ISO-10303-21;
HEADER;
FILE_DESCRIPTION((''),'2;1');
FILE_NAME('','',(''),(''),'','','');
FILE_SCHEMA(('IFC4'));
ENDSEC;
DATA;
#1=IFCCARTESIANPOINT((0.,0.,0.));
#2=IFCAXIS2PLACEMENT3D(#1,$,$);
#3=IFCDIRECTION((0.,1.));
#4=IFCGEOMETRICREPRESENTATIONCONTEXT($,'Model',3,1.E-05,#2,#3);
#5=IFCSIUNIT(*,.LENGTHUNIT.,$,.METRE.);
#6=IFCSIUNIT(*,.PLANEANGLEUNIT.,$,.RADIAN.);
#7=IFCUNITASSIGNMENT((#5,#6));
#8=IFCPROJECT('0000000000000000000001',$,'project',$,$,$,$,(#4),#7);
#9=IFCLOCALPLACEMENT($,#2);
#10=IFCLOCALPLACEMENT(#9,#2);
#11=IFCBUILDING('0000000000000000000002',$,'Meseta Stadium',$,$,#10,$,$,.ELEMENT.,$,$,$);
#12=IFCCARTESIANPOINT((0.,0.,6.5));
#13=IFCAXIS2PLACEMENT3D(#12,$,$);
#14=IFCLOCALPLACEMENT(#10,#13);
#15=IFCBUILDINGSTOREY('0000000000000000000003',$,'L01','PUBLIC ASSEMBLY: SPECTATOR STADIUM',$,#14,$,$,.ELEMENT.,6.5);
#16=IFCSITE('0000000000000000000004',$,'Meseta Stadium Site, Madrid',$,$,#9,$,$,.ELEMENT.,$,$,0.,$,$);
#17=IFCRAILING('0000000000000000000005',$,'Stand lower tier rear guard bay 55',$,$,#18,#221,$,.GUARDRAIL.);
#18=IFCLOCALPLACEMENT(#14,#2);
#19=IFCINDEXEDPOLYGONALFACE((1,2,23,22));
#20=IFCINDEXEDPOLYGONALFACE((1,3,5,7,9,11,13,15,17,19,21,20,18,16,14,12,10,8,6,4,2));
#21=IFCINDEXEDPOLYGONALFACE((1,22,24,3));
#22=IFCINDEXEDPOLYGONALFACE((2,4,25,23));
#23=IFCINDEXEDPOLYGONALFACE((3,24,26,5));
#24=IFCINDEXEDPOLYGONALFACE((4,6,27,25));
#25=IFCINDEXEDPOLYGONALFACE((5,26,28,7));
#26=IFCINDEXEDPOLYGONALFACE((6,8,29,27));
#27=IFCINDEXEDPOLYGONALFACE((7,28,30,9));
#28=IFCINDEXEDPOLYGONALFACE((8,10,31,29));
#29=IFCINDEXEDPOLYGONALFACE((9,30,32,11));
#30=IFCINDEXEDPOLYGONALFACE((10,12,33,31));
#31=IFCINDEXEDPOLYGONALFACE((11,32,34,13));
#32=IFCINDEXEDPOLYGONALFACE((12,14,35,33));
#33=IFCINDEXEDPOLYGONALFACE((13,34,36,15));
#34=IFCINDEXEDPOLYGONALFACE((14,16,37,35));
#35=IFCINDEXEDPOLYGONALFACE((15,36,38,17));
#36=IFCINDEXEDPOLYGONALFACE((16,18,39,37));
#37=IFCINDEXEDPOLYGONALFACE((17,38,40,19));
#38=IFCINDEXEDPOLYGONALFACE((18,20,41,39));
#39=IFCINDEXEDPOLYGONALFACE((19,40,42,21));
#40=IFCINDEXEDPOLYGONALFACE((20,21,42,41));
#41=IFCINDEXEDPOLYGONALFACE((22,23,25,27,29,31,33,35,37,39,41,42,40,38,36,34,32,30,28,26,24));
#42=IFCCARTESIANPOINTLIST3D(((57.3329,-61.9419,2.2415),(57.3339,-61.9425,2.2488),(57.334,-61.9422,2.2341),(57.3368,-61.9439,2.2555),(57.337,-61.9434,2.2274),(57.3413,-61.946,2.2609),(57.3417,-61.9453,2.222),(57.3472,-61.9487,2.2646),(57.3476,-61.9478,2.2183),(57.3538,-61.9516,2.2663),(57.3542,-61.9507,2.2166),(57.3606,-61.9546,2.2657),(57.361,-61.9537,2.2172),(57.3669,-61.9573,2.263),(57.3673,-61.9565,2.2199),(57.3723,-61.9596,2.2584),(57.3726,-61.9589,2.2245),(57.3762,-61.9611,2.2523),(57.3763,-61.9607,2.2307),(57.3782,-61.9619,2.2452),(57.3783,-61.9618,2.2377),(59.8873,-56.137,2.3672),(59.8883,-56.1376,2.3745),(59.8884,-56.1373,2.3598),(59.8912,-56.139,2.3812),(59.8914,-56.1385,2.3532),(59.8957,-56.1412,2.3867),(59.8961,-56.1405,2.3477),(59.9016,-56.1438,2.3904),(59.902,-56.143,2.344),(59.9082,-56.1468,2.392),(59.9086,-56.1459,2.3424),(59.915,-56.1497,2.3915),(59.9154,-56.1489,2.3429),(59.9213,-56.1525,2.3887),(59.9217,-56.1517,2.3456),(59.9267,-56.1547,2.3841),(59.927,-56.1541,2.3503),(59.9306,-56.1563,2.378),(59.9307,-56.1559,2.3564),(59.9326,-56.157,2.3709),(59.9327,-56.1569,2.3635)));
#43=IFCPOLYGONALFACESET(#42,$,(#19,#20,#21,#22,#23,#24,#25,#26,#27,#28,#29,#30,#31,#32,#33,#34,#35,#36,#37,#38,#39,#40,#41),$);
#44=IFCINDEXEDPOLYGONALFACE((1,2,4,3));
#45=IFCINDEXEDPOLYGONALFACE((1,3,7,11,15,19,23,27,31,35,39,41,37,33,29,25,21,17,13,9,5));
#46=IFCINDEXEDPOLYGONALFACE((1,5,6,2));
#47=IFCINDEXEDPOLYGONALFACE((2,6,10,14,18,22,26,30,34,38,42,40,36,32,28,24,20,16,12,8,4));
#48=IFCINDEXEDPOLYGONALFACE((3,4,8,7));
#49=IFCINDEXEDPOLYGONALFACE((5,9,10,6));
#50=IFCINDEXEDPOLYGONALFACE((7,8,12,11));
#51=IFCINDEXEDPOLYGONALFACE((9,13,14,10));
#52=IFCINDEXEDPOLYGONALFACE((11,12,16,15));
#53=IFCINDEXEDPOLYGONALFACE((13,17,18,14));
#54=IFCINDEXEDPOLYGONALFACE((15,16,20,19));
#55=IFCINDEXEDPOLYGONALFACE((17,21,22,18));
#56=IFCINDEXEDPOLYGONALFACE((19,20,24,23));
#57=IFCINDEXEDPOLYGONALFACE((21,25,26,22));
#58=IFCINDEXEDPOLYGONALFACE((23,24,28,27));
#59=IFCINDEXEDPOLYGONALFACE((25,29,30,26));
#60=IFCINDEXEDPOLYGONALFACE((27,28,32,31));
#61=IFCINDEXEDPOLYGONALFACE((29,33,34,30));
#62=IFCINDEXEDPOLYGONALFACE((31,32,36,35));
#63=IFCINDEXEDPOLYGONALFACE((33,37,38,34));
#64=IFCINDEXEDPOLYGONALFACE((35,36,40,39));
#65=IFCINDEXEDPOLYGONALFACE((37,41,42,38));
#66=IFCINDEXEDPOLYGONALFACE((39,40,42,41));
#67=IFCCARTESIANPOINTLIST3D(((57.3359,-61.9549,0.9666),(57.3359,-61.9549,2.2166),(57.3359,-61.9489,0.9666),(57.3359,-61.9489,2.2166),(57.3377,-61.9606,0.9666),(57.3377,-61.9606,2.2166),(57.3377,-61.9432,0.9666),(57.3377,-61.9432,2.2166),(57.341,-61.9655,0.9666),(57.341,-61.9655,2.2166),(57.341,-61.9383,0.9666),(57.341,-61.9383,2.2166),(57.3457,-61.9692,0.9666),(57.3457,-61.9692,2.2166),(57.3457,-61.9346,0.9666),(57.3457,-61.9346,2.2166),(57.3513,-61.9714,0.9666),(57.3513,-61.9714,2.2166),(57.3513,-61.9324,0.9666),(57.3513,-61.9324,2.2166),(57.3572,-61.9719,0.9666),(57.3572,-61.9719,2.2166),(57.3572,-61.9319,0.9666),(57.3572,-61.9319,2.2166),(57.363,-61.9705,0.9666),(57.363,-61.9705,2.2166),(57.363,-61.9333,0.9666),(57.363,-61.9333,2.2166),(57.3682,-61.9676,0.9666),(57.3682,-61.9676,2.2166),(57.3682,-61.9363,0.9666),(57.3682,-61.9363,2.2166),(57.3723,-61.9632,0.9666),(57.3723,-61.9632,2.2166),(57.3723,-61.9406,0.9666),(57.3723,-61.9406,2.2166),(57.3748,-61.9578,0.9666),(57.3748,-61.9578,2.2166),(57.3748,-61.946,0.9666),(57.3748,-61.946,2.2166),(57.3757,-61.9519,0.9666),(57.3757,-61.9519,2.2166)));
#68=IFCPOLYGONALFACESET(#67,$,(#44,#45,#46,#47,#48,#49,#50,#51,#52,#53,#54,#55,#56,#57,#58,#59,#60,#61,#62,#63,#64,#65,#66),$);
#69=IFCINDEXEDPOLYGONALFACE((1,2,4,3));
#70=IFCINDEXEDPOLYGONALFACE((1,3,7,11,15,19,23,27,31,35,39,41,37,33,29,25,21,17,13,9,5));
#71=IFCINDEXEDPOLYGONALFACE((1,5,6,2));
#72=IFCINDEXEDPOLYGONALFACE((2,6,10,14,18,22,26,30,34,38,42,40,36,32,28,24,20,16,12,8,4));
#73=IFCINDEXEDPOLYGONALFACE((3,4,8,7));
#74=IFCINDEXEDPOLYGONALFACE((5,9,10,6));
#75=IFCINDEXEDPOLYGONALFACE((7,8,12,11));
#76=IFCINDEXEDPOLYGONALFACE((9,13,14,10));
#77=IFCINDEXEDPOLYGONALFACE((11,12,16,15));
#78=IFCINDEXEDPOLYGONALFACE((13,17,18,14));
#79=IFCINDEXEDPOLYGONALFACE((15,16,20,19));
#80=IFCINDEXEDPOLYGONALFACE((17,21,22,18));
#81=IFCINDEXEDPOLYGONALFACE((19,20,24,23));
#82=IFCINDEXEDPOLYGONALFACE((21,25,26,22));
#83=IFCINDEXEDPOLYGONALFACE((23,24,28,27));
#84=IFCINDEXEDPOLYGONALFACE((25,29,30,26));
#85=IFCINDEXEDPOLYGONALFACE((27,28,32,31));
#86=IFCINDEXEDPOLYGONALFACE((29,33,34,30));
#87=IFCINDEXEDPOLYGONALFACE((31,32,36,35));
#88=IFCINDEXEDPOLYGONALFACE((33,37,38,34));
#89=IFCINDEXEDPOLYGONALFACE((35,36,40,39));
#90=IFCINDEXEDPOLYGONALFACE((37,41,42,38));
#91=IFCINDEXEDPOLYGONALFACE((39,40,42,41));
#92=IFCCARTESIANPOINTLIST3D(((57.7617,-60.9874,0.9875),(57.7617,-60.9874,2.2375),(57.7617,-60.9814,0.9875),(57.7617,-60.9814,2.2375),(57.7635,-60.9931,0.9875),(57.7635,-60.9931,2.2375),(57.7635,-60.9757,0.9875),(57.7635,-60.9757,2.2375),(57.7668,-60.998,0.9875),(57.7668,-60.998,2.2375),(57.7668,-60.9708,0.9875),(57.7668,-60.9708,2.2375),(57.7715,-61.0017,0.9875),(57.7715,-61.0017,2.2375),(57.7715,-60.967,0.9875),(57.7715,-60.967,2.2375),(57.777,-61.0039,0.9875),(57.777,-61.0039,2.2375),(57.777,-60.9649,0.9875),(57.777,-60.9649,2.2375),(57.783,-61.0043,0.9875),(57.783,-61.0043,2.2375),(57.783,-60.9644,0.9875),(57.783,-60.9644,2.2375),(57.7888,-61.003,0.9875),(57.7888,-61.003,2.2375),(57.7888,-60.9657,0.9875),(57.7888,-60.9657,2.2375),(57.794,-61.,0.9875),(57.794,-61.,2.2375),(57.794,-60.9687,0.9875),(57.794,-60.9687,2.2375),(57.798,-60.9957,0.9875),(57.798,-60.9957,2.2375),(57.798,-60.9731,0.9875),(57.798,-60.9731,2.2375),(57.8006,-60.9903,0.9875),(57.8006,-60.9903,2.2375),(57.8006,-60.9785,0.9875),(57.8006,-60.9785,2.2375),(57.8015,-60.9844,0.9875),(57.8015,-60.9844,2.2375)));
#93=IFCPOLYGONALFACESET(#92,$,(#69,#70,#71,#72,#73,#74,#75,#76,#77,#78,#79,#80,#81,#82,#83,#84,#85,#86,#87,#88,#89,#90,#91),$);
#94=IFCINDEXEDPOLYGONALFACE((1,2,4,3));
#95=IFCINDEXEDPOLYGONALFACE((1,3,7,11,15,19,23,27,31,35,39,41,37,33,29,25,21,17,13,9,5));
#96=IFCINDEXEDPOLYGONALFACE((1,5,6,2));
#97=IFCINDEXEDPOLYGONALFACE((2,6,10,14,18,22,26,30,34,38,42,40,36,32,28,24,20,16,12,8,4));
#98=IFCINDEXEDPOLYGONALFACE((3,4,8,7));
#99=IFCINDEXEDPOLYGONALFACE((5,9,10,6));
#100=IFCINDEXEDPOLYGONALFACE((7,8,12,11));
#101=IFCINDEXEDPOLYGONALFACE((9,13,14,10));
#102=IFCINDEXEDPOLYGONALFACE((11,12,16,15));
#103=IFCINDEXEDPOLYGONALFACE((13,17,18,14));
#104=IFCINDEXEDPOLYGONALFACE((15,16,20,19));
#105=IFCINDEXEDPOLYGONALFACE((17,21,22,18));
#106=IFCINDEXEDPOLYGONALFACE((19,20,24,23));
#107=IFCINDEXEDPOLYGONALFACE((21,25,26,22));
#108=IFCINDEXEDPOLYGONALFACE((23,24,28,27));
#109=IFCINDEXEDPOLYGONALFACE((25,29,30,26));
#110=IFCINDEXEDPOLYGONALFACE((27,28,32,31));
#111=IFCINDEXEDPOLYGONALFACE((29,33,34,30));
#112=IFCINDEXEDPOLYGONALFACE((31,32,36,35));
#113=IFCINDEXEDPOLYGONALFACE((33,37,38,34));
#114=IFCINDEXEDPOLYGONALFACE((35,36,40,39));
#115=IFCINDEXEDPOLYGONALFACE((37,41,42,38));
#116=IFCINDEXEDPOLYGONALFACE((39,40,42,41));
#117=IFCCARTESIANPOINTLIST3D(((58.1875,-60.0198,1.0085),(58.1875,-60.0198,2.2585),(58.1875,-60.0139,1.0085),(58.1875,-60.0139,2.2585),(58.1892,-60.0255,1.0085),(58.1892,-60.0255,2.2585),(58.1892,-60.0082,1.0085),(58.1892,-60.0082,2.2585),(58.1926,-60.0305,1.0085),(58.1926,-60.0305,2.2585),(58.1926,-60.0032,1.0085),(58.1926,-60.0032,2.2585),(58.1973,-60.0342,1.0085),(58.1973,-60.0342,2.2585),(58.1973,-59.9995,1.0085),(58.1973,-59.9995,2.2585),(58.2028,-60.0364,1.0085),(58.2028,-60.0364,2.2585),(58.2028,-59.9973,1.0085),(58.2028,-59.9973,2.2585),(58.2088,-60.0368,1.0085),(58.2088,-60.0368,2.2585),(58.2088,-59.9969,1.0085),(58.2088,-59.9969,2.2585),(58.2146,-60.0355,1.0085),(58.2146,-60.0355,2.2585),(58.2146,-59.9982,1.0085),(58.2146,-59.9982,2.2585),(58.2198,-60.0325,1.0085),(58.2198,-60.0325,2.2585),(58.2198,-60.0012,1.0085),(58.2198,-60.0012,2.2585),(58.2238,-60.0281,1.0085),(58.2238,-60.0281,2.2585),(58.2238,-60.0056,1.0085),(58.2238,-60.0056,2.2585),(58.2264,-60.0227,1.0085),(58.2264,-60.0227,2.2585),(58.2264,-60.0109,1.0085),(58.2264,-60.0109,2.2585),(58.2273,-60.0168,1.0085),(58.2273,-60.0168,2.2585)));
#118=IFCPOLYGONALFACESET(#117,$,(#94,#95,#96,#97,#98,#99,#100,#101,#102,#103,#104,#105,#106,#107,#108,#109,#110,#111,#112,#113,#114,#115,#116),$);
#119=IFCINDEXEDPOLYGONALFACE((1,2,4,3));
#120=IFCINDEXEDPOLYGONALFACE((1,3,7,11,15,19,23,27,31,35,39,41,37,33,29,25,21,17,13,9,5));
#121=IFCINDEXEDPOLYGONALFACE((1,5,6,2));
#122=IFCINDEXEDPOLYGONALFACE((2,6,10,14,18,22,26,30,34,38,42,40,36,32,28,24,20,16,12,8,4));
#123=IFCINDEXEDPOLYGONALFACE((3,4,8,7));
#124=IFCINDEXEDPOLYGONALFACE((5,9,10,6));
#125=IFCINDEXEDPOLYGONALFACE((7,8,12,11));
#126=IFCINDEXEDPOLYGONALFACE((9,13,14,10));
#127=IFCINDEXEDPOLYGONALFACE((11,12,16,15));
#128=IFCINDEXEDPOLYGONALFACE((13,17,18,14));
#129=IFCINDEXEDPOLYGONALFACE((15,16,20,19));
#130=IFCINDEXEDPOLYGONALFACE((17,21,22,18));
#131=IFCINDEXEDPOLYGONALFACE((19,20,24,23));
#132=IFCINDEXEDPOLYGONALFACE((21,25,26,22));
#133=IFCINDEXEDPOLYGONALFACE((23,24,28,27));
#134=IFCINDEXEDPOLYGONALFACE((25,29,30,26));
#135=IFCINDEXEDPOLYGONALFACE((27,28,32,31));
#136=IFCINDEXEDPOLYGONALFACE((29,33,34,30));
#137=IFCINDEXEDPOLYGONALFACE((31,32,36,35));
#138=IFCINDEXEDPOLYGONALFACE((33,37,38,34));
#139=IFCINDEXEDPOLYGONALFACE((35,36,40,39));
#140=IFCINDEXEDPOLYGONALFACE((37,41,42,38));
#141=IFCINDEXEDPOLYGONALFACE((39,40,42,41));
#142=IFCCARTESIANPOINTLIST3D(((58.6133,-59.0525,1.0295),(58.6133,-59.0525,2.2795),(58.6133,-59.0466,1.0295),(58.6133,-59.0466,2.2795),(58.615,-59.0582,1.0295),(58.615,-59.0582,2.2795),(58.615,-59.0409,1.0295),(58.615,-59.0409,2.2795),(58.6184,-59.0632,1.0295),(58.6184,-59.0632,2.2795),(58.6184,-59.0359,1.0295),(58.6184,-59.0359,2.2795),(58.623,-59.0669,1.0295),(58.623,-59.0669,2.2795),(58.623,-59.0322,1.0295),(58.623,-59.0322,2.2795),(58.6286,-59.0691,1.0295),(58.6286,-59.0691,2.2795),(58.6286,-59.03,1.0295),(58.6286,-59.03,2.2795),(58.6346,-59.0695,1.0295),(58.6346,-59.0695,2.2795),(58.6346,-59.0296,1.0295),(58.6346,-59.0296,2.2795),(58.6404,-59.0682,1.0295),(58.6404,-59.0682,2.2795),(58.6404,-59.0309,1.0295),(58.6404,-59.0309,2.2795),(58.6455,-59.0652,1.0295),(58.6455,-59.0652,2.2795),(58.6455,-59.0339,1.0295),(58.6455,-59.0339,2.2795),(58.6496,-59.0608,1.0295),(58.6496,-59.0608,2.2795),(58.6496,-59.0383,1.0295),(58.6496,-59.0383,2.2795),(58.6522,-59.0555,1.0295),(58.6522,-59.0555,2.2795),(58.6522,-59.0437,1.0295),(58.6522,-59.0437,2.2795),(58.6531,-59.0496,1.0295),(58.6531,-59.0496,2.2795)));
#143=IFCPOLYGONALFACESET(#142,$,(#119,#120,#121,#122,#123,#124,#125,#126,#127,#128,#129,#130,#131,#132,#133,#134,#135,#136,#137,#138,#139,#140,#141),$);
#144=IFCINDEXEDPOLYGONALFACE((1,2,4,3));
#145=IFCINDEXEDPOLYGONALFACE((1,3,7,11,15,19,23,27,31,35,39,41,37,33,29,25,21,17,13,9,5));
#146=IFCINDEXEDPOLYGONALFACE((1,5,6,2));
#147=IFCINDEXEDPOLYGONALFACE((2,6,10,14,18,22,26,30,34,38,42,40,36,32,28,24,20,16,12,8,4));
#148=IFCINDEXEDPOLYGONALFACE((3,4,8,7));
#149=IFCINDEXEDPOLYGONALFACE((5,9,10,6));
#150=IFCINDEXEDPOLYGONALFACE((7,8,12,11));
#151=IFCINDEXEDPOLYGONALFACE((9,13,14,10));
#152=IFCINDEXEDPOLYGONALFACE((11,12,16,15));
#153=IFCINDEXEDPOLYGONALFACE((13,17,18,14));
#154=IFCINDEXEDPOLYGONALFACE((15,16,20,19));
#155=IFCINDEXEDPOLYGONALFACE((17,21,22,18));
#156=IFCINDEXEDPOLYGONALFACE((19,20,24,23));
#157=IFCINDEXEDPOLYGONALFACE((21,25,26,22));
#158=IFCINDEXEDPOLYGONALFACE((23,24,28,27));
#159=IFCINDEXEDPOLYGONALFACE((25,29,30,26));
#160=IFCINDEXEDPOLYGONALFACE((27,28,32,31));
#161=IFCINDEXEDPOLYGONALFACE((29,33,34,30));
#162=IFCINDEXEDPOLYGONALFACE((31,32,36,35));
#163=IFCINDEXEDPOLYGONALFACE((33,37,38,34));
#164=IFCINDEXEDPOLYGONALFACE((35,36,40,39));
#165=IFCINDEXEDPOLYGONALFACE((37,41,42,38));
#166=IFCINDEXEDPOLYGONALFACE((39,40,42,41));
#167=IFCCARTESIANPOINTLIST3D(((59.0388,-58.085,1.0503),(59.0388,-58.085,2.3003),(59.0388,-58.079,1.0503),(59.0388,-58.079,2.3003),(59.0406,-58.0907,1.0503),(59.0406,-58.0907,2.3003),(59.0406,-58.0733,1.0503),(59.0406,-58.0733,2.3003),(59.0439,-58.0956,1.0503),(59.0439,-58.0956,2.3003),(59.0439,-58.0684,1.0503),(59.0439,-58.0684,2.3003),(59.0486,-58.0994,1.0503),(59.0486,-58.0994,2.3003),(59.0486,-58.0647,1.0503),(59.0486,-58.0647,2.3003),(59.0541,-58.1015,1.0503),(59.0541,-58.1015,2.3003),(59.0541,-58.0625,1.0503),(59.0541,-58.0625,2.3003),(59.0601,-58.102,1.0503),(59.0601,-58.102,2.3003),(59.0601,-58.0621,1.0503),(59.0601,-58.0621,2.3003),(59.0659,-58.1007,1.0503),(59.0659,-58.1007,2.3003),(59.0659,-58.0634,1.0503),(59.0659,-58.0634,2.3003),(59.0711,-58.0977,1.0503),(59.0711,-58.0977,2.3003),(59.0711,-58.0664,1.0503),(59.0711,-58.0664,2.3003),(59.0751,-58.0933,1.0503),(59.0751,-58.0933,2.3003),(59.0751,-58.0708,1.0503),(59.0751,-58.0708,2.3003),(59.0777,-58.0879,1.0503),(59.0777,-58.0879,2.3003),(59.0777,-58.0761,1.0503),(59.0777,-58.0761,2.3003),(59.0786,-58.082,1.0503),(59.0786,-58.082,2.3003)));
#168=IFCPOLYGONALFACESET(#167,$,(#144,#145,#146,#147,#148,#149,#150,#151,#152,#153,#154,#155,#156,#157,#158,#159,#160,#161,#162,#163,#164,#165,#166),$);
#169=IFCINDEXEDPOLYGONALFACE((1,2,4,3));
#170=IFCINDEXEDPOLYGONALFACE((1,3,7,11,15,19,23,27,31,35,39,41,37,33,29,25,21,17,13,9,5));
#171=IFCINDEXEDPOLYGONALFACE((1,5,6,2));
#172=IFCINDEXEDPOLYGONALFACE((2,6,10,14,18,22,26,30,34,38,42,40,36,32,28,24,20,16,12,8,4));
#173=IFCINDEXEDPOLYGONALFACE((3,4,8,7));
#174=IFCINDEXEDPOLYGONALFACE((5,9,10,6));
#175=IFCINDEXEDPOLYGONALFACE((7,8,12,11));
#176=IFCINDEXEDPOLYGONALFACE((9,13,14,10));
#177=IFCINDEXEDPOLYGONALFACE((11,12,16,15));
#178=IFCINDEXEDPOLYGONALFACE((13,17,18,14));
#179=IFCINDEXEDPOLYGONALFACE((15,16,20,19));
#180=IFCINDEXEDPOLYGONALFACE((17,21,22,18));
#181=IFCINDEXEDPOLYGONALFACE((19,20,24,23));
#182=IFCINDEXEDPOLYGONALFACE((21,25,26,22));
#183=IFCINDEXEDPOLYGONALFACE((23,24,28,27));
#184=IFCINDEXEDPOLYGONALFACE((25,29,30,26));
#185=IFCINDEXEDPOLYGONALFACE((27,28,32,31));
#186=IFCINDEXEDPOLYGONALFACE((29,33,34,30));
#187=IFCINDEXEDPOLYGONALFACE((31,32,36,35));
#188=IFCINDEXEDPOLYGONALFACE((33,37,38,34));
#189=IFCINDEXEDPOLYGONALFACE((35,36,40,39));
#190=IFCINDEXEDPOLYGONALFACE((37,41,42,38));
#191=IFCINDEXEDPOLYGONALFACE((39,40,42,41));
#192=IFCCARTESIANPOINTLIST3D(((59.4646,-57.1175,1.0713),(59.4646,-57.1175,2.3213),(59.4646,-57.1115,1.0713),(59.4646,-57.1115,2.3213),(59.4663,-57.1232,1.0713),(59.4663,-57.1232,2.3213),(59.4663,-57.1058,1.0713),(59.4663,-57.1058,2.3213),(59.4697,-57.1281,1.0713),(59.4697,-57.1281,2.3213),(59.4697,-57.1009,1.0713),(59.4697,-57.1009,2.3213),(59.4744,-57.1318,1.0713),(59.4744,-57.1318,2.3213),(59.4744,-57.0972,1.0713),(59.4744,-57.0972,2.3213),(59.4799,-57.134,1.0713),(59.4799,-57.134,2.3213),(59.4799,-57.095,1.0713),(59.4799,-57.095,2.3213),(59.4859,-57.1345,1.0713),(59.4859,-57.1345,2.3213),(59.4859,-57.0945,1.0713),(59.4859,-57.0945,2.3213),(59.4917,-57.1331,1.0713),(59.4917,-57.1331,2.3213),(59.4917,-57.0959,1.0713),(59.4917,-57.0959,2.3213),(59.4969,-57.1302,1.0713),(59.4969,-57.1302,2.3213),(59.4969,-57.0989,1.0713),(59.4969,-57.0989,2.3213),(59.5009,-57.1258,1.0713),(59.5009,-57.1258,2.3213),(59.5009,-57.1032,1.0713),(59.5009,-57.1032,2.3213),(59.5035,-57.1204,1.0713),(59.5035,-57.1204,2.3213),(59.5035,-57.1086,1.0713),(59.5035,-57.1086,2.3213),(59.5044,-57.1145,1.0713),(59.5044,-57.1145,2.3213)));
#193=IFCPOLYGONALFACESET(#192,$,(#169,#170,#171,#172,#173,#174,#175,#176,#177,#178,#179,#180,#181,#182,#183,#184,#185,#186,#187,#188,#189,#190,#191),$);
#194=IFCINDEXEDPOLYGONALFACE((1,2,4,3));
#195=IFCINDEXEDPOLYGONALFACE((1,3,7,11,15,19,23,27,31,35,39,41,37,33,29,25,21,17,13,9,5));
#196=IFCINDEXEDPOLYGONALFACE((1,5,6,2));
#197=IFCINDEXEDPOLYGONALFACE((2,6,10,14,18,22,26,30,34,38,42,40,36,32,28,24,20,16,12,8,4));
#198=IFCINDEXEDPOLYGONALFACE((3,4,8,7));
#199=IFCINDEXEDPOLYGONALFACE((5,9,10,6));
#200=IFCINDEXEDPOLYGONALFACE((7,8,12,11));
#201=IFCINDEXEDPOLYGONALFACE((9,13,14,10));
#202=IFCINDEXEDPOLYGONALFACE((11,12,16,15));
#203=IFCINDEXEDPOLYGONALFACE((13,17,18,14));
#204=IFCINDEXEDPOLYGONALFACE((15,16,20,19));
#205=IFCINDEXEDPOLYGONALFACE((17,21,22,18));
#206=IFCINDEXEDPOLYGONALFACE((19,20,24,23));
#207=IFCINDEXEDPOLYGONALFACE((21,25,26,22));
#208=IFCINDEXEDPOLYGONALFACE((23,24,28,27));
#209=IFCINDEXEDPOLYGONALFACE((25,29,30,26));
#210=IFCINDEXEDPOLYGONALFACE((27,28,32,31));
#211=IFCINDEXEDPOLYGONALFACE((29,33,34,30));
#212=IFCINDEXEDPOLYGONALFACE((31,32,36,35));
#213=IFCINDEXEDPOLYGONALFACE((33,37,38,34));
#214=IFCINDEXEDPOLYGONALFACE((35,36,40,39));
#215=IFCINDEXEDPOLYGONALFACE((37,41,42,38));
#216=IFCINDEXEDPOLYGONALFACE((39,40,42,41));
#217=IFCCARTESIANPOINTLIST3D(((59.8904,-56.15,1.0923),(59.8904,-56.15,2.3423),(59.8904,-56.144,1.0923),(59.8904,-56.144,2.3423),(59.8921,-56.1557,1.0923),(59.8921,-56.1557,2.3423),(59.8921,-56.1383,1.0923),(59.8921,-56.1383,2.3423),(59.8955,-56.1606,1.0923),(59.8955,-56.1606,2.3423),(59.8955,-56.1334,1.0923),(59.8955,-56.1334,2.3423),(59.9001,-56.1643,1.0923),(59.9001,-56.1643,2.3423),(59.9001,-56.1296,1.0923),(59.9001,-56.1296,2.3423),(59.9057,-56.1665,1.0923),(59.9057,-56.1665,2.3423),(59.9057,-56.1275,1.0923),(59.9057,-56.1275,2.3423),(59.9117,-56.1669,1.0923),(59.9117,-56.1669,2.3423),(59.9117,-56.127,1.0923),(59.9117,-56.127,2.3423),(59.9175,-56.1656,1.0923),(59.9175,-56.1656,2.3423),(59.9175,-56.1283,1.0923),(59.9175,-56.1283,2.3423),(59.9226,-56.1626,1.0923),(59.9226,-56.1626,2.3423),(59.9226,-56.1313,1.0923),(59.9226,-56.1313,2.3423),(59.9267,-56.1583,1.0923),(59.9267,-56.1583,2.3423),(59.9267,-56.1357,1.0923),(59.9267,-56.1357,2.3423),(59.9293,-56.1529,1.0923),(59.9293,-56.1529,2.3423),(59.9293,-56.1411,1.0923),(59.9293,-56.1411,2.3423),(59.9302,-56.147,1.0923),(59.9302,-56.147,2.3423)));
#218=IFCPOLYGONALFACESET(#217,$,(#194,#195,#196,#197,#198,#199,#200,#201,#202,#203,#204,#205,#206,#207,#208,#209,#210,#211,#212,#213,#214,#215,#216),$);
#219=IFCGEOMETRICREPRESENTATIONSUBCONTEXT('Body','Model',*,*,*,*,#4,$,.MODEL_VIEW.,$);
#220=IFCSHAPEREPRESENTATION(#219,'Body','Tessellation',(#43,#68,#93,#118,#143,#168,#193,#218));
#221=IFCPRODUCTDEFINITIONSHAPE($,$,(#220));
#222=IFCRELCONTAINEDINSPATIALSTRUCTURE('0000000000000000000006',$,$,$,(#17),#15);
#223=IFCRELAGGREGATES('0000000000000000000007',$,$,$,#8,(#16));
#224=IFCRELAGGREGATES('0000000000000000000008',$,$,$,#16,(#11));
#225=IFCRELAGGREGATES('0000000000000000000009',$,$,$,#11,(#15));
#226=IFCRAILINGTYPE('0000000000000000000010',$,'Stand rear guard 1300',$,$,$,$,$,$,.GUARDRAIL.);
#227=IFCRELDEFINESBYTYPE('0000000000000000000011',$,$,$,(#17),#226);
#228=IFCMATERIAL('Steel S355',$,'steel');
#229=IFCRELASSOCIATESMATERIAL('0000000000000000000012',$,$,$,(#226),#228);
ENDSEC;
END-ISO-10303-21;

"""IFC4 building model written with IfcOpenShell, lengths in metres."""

from ifc_helpers import new_model, si_unit, direction, frame, origin, origin_2d, place, context, subcontext, project, spatial, circle, extrude, material, type_object, element, save


model = new_model("IFC4")

# Units and contexts
model_context = context("Model", 3, precision=1e-05, world=origin(), true_north=direction((0.0, 1.0)))
body_context = subcontext(model_context, "Body", "Model", "MODEL_VIEW")
ifc_project = project(units=[si_unit("LENGTHUNIT", "METRE"), si_unit("PLANEANGLEUNIT", "RADIAN")], contexts=[model_context])

# Site, building, storey
site_placement = place(None, origin())
site = spatial("IfcSite", under=ifc_project, at=site_placement, Name="Meseta Stadium Site, Madrid", CompositionType="ELEMENT", RefElevation=0.0)
building_placement = place(site_placement, origin())
building = spatial("IfcBuilding", under=site, at=building_placement, Name="Meseta Stadium", CompositionType="ELEMENT")
storey_placement = place(building_placement, frame((0.0, 0.0, 6.5)))
storey = spatial("IfcBuildingStorey", under=building, at=storey_placement, Name="L01", Description="PUBLIC ASSEMBLY: SPECTATOR STADIUM", CompositionType="ELEMENT", Elevation=6.5)

# Railing
ifc_material_1 = material(Name="Steel S355", Category="steel")
railing_type = type_object("IfcRailingType", Name="Stand rear guard 1300", PredefinedType="GUARDRAIL", material=ifc_material_1)
railing_1_placement = place(storey_placement, frame((57.3557, -61.9519, 0.9666)))
element("IfcRailing", 1, at=railing_1_placement, inside=storey, type_object=railing_type, Name="Stand lower tier rear guard bay 55", PredefinedType="GUARDRAIL", context=body_context, shape_type="SweptSolid", body=[
    extrude(circle(Radius=0.0249, at=origin_2d()), frame((0.0, 0.0, 1.2749), z_axis=(0.402696, 0.915119, 0.019821), x_axis=(-0.915299, 0.402775, 0.0)), (0.0, 0.0, 1.0), 6.3433),
    extrude(circle(Radius=0.02, at=origin_2d()), origin(), (0.0, 0.0, 1.0), 1.25),
    extrude(circle(Radius=0.02, at=origin_2d()), frame((0.4258, 0.9675, 0.021)), (0.0, 0.0, 1.0), 1.25),
    extrude(circle(Radius=0.02, at=origin_2d()), frame((0.8516, 1.9351, 0.042)), (0.0, 0.0, 1.0), 1.25),
    extrude(circle(Radius=0.02, at=origin_2d()), frame((1.2773, 2.9023, 0.063)), (0.0, 0.0, 1.0), 1.25),
    extrude(circle(Radius=0.02, at=origin_2d()), frame((1.7029, 3.8699, 0.0837)), (0.0, 0.0, 1.0), 1.25),
    extrude(circle(Radius=0.02, at=origin_2d()), frame((2.1287, 4.8374, 0.1047)), (0.0, 0.0, 1.0), 1.25),
    extrude(circle(Radius=0.02, at=origin_2d()), frame((2.5544, 5.8049, 0.1257)), (0.0, 0.0, 1.0), 1.25),
])

save(model, "model.ifc")
